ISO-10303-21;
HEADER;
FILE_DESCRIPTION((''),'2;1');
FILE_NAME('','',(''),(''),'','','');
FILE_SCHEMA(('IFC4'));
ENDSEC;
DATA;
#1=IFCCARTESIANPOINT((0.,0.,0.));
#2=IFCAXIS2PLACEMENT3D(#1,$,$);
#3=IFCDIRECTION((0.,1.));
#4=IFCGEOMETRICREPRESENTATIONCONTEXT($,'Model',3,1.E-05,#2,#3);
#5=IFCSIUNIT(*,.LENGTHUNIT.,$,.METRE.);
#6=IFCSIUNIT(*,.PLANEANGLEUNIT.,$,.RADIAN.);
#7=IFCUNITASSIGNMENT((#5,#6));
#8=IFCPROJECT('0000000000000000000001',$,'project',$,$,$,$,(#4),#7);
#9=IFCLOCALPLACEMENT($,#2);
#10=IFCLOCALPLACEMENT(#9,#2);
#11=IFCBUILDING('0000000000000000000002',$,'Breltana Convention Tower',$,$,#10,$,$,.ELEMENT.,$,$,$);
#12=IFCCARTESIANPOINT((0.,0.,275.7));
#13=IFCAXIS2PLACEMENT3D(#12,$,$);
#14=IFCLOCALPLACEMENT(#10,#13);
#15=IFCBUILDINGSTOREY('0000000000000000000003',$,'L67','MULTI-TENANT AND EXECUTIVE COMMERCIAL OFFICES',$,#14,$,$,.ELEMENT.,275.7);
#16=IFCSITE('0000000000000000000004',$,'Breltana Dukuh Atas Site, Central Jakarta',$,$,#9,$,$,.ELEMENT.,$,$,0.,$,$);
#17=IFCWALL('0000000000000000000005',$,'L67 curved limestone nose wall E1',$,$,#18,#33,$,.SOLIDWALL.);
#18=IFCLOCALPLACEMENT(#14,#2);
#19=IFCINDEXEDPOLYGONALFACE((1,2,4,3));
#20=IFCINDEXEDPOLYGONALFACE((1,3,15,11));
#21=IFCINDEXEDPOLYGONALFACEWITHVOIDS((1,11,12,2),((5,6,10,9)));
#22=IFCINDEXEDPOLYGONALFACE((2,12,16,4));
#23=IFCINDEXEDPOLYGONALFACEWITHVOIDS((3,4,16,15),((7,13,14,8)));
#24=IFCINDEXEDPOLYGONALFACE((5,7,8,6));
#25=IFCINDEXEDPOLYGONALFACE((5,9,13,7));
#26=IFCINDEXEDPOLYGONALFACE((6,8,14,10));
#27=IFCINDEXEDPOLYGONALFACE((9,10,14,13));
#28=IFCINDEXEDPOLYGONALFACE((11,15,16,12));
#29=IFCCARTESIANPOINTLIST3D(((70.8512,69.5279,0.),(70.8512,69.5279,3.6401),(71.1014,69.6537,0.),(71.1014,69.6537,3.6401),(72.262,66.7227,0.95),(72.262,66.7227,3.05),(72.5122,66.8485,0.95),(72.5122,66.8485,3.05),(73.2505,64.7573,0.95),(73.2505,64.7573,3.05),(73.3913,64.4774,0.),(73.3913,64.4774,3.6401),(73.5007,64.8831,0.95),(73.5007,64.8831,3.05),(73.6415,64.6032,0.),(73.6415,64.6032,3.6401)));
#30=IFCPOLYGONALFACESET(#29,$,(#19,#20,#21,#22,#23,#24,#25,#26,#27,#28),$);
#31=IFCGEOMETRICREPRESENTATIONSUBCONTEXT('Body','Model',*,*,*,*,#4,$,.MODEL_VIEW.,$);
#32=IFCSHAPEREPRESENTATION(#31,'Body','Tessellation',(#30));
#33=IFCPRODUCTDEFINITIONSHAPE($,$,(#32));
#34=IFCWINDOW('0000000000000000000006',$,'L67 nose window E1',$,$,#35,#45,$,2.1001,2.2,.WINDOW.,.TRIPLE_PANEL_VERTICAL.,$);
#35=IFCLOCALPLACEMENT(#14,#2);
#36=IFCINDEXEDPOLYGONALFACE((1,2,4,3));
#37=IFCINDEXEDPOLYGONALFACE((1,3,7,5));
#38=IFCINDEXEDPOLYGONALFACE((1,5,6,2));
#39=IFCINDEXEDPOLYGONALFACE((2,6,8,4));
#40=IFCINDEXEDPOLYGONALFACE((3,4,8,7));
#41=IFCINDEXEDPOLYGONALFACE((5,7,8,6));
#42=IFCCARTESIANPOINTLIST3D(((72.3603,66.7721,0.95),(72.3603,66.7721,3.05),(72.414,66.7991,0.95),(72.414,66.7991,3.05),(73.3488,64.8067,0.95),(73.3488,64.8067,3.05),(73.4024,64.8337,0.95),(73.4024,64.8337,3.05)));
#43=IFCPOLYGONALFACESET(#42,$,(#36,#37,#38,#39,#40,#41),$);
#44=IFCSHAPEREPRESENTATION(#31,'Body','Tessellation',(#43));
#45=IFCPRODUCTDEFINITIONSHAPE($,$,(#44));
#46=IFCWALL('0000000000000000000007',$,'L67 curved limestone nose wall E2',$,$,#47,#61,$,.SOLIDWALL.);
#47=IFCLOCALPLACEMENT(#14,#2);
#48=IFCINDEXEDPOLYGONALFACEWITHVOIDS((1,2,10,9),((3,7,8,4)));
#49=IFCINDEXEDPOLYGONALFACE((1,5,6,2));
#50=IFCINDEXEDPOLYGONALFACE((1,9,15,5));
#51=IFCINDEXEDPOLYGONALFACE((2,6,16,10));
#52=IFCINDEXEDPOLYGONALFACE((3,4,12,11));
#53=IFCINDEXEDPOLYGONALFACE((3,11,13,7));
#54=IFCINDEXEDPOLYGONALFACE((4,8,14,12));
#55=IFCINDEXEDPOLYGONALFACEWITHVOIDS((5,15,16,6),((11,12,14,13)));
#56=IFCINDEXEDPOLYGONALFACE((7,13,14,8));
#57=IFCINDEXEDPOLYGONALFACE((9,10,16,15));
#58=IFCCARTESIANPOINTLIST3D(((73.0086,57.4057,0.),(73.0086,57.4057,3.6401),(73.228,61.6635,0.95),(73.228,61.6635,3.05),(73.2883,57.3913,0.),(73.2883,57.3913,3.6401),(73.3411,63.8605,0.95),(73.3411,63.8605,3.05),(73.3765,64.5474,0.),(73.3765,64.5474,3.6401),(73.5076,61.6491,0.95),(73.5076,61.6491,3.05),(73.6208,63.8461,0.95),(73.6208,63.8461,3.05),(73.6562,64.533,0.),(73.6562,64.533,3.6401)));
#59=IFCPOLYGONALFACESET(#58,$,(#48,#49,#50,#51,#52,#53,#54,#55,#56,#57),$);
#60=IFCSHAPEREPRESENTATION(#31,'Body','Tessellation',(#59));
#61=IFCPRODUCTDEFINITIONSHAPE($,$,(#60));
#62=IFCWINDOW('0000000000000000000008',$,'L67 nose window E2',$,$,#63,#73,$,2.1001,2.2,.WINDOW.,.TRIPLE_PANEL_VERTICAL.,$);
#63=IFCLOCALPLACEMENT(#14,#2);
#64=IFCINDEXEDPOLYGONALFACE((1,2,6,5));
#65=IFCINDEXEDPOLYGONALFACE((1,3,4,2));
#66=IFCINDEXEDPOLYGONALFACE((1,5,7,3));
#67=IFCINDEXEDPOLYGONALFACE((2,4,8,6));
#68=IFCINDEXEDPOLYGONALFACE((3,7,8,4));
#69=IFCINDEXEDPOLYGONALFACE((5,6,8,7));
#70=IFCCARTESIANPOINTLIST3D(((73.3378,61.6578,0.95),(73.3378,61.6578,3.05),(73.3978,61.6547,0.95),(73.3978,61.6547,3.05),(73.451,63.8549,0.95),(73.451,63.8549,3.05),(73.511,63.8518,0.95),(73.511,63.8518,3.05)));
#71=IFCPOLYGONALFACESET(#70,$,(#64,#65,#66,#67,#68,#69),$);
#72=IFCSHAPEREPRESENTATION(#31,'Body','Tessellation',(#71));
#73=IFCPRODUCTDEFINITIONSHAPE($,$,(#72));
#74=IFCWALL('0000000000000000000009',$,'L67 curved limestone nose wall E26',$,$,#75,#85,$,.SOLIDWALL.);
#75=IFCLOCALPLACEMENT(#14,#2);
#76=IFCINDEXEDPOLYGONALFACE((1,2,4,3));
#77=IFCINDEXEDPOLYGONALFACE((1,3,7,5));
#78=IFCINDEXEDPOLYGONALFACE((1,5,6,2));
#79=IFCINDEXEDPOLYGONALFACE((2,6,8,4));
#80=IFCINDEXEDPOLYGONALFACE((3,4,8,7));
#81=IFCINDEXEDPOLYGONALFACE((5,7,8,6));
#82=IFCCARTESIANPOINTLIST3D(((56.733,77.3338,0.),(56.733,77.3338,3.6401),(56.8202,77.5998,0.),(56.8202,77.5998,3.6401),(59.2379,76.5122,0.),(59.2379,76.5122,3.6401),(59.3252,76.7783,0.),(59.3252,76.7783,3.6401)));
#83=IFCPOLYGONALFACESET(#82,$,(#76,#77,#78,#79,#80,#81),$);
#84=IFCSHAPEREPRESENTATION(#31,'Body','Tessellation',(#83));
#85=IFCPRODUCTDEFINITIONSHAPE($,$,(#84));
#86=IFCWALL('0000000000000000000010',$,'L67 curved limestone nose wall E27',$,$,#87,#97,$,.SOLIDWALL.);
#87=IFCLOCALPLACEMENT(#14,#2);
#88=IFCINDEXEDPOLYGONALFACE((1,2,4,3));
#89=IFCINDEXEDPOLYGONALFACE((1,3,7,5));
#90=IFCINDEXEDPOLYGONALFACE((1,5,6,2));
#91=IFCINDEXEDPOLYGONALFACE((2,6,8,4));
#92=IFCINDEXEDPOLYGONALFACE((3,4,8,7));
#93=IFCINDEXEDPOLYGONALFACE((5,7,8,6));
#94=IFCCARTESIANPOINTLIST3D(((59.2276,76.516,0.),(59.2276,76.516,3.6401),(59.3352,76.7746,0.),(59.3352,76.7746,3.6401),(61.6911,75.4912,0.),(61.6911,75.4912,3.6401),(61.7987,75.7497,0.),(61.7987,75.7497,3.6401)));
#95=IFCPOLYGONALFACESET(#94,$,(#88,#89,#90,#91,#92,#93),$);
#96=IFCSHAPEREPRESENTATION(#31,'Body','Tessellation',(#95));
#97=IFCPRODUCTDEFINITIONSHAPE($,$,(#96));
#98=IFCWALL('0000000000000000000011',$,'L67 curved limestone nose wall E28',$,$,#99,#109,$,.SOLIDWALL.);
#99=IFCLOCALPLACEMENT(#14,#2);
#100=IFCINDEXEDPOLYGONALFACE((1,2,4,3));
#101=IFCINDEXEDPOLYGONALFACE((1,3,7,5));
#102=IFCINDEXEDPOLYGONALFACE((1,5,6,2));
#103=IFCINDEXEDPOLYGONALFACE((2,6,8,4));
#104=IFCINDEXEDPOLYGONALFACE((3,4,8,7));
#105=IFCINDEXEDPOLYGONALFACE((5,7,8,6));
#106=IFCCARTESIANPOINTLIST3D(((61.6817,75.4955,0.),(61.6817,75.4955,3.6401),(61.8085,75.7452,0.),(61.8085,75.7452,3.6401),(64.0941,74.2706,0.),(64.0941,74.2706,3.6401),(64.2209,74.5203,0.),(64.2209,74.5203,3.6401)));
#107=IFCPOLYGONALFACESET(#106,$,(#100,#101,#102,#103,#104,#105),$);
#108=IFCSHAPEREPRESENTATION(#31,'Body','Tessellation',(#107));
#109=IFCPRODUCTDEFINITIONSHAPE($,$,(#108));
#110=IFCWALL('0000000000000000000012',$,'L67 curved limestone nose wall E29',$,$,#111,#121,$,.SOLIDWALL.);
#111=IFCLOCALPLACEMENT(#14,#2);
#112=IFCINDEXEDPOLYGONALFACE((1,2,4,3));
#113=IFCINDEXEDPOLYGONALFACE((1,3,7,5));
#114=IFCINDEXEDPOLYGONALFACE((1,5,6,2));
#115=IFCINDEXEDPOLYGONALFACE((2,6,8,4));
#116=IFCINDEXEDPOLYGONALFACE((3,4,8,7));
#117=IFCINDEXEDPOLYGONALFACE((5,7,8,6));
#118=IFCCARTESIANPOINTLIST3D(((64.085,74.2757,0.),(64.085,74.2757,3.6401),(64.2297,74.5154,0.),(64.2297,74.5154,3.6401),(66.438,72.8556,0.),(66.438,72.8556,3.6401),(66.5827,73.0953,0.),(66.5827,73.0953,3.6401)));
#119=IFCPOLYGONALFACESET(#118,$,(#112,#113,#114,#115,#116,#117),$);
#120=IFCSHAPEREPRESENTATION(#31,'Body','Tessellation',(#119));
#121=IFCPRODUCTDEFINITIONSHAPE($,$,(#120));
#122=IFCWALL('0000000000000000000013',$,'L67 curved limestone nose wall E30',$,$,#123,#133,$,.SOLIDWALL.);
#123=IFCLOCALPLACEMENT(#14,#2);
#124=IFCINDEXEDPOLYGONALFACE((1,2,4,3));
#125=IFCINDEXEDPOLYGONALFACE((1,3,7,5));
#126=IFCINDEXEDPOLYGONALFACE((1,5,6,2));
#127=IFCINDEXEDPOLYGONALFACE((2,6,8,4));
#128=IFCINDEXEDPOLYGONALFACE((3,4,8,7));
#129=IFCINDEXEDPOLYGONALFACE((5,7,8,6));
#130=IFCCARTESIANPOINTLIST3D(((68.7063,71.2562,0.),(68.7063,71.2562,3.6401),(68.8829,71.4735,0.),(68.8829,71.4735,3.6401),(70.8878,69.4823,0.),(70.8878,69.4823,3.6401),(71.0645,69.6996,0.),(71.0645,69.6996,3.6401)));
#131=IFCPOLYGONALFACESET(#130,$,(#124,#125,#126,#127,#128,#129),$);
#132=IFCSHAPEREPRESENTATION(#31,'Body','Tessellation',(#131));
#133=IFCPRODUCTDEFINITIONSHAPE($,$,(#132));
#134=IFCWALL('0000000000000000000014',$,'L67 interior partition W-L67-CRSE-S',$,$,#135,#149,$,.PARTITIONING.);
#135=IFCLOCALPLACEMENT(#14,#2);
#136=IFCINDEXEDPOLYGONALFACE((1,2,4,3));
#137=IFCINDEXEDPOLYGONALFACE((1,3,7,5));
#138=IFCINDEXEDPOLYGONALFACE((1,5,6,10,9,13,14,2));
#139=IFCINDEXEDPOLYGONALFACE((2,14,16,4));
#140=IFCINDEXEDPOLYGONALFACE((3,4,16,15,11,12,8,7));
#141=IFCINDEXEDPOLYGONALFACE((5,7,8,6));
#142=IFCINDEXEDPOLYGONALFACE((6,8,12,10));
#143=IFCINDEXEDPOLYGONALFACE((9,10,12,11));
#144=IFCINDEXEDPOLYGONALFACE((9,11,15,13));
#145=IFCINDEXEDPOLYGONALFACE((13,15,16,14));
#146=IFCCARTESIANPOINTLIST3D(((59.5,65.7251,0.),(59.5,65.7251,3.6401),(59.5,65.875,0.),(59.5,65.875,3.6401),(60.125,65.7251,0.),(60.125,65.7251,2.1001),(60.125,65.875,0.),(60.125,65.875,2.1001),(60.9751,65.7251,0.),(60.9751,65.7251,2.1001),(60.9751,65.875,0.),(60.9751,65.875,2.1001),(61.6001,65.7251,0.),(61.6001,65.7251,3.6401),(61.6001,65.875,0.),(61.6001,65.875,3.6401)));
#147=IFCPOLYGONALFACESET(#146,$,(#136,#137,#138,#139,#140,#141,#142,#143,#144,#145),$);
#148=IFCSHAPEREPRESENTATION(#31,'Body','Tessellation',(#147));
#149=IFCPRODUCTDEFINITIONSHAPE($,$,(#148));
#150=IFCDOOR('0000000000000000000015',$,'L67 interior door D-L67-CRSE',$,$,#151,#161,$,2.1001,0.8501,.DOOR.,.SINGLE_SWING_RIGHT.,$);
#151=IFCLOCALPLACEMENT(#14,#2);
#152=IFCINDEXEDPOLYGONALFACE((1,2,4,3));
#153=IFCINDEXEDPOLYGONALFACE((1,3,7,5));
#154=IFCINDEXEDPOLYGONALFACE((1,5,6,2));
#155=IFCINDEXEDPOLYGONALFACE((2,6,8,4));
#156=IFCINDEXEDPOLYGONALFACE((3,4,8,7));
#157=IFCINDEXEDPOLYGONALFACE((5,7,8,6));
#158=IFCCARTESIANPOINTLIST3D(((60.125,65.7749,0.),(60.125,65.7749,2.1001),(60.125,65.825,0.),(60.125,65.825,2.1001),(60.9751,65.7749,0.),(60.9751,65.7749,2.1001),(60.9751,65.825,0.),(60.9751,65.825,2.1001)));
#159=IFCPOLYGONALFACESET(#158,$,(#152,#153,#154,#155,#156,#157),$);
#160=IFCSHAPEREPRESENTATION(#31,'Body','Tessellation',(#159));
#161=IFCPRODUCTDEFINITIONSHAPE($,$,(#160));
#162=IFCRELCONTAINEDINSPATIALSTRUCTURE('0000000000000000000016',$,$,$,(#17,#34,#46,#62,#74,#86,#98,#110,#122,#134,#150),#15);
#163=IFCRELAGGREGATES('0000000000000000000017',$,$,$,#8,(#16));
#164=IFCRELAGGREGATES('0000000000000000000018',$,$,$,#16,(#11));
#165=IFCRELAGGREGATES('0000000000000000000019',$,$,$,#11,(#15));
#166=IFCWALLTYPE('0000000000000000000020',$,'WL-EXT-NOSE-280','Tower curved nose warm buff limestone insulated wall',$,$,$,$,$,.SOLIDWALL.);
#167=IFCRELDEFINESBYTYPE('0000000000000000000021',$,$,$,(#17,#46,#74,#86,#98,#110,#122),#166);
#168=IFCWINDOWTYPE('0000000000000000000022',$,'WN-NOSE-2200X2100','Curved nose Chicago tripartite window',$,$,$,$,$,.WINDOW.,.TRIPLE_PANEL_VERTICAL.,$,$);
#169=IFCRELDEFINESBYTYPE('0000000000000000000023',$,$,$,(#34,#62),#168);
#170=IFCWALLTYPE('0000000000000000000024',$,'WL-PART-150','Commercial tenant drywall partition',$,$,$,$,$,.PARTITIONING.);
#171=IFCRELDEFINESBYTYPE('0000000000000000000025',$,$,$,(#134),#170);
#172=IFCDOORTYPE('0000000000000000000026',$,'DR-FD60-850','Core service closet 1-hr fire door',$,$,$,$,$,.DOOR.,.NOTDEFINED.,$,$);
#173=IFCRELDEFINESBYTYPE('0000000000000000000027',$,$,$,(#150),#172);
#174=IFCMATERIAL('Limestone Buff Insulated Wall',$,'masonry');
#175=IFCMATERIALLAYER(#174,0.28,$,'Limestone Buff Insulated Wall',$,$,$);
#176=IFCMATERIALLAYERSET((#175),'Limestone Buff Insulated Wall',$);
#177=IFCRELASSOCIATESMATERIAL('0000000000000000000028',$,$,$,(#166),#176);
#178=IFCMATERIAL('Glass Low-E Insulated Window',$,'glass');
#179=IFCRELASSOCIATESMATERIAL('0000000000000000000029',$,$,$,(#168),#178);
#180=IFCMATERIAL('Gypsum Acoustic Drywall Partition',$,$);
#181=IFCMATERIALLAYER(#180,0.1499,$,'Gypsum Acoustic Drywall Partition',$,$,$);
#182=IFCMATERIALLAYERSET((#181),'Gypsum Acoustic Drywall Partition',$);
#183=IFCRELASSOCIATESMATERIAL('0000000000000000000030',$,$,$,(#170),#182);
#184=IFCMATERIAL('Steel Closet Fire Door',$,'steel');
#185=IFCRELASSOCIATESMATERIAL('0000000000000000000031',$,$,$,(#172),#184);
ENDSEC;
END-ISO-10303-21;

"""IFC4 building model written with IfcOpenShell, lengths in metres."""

from ifc_helpers import new_model, si_unit, direction, frame, frame_2d, origin, place, context, subcontext, project, spatial, rectangle, extrude, source, transform, mapped, material, layer, layer_set, type_object, type_shapes, element, fill, save


model = new_model("IFC4")

# Units and contexts
model_context = context("Model", 3, precision=1e-05, world=origin(), true_north=direction((0.0, 1.0)))
body_context = subcontext(model_context, "Body", "Model", "MODEL_VIEW")
ifc_project = project(units=[si_unit("LENGTHUNIT", "METRE"), si_unit("PLANEANGLEUNIT", "RADIAN")], contexts=[model_context])

# Site, building, storey
site_placement = place(None, origin())
site = spatial("IfcSite", under=ifc_project, at=site_placement, Name="Breltana Dukuh Atas Site, Central Jakarta", CompositionType="ELEMENT", RefElevation=0.0)
building_placement = place(site_placement, origin())
building = spatial("IfcBuilding", under=site, at=building_placement, Name="Breltana Convention Tower", CompositionType="ELEMENT")
storey_placement = place(building_placement, frame((0.0, 0.0, 275.7)))
storey = spatial("IfcBuildingStorey", under=building, at=storey_placement, Name="L67", Description="MULTI-TENANT AND EXECUTIVE COMMERCIAL OFFICES", CompositionType="ELEMENT", Elevation=275.7)

# Walls, openings, windows
ifc_material_1 = material(Name="Limestone Buff Insulated Wall", Category="masonry")
ifc_layer_1 = layer(ifc_material_1, 0.28, Name="Limestone Buff Insulated Wall")
ifc_layer_set_1 = layer_set([ifc_layer_1], Name="Limestone Buff Insulated Wall")
wall_type_1 = type_object("IfcWallType", Name="WL-EXT-NOSE-280", Description="Tower curved nose warm buff limestone insulated wall", PredefinedType="SOLIDWALL", material=ifc_layer_set_1)
shared_shape_1 = source(origin(), body_context, "Body", "SweptSolid", [
    extrude(rectangle(XDim=5.6533, YDim=0.28, at=frame_2d((2.8267, 0.0))), origin(), (0.0, 0.0, 1.0), 3.6401),
])
wall_1_placement = place(storey_placement, frame((70.9763, 69.5908, 0.0), z_axis=(0.0, 0.0, 1.0), x_axis=(0.449303, -0.89338, 0.0)))
wall_1 = element("IfcWall", 1, at=wall_1_placement, inside=storey, type_object=wall_type_1, Name="L67 curved limestone nose wall E1", PredefinedType="SOLIDWALL", context=body_context, shape_type="MappedRepresentation", body=[
    mapped(shared_shape_1, transform((0.0, 0.0, 0.0), scale=1.0)),
])
opening_1_placement = place(wall_1_placement, frame((3.1399, 0.0, 0.95)))
opening_1 = element("IfcOpeningElement", 2, at=opening_1_placement, cuts=wall_1, PredefinedType="OPENING", context=body_context, shape_type="SweptSolid", body=[
    extrude(rectangle(XDim=2.2, YDim=2.1001, at=frame_2d((1.1001, 1.05))), frame((0.0, 0.1499, 0.0), z_axis=(0.0, -1.0, 0.0), x_axis=(1.0, 0.0, 0.0)), (0.0, 0.0, 1.0), 0.3),
])
ifc_material_2 = material(Name="Glass Low-E Insulated Window", Category="glass")
window_type = type_object("IfcWindowType", Name="WN-NOSE-2200X2100", Description="Curved nose Chicago tripartite window", PartitioningType="TRIPLE_PANEL_VERTICAL", PredefinedType="WINDOW", material=ifc_material_2)
shared_shape_2 = source(origin(), body_context, "Body", "SweptSolid", [
    extrude(rectangle(XDim=2.2, YDim=2.1001, at=frame_2d((1.1001, 1.05))), frame((0.0, 0.03, 0.0), z_axis=(0.0, -1.0, 0.0), x_axis=(1.0, 0.0, 0.0)), (0.0, 0.0, 1.0), 0.0601),
])
type_shapes(window_type, [shared_shape_2])
window_1_placement = place(opening_1_placement, origin())
window_1 = element("IfcWindow", 3, at=window_1_placement, inside=storey, type_object=window_type, Name="L67 nose window E1", OverallHeight=2.1001, OverallWidth=2.2, PartitioningType="TRIPLE_PANEL_VERTICAL", PredefinedType="WINDOW", context=body_context, shape_type="MappedRepresentation", body=[
    mapped(shared_shape_2, transform((0.0, 0.0, 0.0), scale=1.0)),
])
fill(opening_1, window_1)
shared_shape_3 = source(origin(), body_context, "Body", "SweptSolid", [
    extrude(rectangle(XDim=7.1511, YDim=0.28, at=frame_2d((3.5757, 0.0))), origin(), (0.0, 0.0, 1.0), 3.6401),
])
wall_2_placement = place(storey_placement, frame((73.5164, 64.5403, 0.0), z_axis=(0.0, 0.0, 1.0), x_axis=(-0.05145, -0.998676, 0.0)))
wall_2 = element("IfcWall", 4, at=wall_2_placement, inside=storey, type_object=wall_type_1, Name="L67 curved limestone nose wall E2", PredefinedType="SOLIDWALL", context=body_context, shape_type="MappedRepresentation", body=[
    mapped(shared_shape_3, transform((0.0, 0.0, 0.0), scale=1.0)),
])
opening_2_placement = place(wall_2_placement, frame((0.6877, 0.0, 0.95)))
opening_2 = element("IfcOpeningElement", 5, at=opening_2_placement, cuts=wall_2, PredefinedType="OPENING", context=body_context, shape_type="SweptSolid", body=[
    extrude(rectangle(XDim=2.2, YDim=2.1001, at=frame_2d((1.1001, 1.05))), frame((0.0, 0.1499, 0.0), z_axis=(0.0, -1.0, 0.0), x_axis=(1.0, 0.0, 0.0)), (0.0, 0.0, 1.0), 0.3),
])
window_2_placement = place(opening_2_placement, origin())
window_2 = element("IfcWindow", 6, at=window_2_placement, inside=storey, type_object=window_type, Name="L67 nose window E2", OverallHeight=2.1001, OverallWidth=2.2, PartitioningType="TRIPLE_PANEL_VERTICAL", PredefinedType="WINDOW", context=body_context, shape_type="MappedRepresentation", body=[
    mapped(shared_shape_2, transform((0.0, 0.0, 0.0), scale=1.0)),
])
fill(opening_2, window_2)

# Walls
shared_shape_4 = source(origin(), body_context, "Body", "SweptSolid", [
    extrude(rectangle(XDim=2.6362, YDim=0.28, at=frame_2d((1.3181, 0.0))), origin(), (0.0, 0.0, 1.0), 3.6401),
])
wall_3_placement = place(storey_placement, frame((56.7766, 77.4668, 0.0), z_axis=(0.0, 0.0, 1.0), x_axis=(0.9502, -0.31164, 0.0)))
element("IfcWall", 7, at=wall_3_placement, inside=storey, type_object=wall_type_1, Name="L67 curved limestone nose wall E26", PredefinedType="SOLIDWALL", context=body_context, shape_type="MappedRepresentation", body=[
    mapped(shared_shape_4, transform((0.0, 0.0, 0.0), scale=1.0)),
])
shared_shape_5 = source(origin(), body_context, "Body", "SweptSolid", [
    extrude(rectangle(XDim=2.6682, YDim=0.28, at=frame_2d((1.334, 0.0))), origin(), (0.0, 0.0, 1.0), 3.6401),
])
wall_4_placement = place(storey_placement, frame((59.2815, 76.6453, 0.0), z_axis=(0.0, 0.0, 1.0), x_axis=(0.923291, -0.384102, 0.0)))
element("IfcWall", 8, at=wall_4_placement, inside=storey, type_object=wall_type_1, Name="L67 curved limestone nose wall E27", PredefinedType="SOLIDWALL", context=body_context, shape_type="MappedRepresentation", body=[
    mapped(shared_shape_5, transform((0.0, 0.0, 0.0), scale=1.0)),
])
shared_shape_6 = source(origin(), body_context, "Body", "SweptSolid", [
    extrude(rectangle(XDim=2.7056, YDim=0.28, at=frame_2d((1.3528, 0.0))), origin(), (0.0, 0.0, 1.0), 3.6401),
])
wall_5_placement = place(storey_placement, frame((61.7451, 75.6204, 0.0), z_axis=(0.0, 0.0, 1.0), x_axis=(0.891649, -0.452728, 0.0)))
element("IfcWall", 9, at=wall_5_placement, inside=storey, type_object=wall_type_1, Name="L67 curved limestone nose wall E28", PredefinedType="SOLIDWALL", context=body_context, shape_type="MappedRepresentation", body=[
    mapped(shared_shape_6, transform((0.0, 0.0, 0.0), scale=1.0)),
])
shared_shape_7 = source(origin(), body_context, "Body", "SweptSolid", [
    extrude(rectangle(XDim=2.7483, YDim=0.28, at=frame_2d((1.374, 0.0))), origin(), (0.0, 0.0, 1.0), 3.6401),
])
wall_6_placement = place(storey_placement, frame((64.1575, 74.3955, 0.0), z_axis=(0.0, 0.0, 1.0), x_axis=(0.85615, -0.516728, 0.0)))
element("IfcWall", 10, at=wall_6_placement, inside=storey, type_object=wall_type_1, Name="L67 curved limestone nose wall E29", PredefinedType="SOLIDWALL", context=body_context, shape_type="MappedRepresentation", body=[
    mapped(shared_shape_7, transform((0.0, 0.0, 0.0), scale=1.0)),
])
shared_shape_8 = source(origin(), body_context, "Body", "SweptSolid", [
    extrude(rectangle(XDim=2.8118, YDim=0.28, at=frame_2d((1.4058, 0.0))), origin(), (0.0, 0.0, 1.0), 3.6401),
])
wall_7_placement = place(storey_placement, frame((68.7947, 71.3647, 0.0), z_axis=(0.0, 0.0, 1.0), x_axis=(0.77588, -0.63088, 0.0)))
element("IfcWall", 11, at=wall_7_placement, inside=storey, type_object=wall_type_1, Name="L67 curved limestone nose wall E30", PredefinedType="SOLIDWALL", context=body_context, shape_type="MappedRepresentation", body=[
    mapped(shared_shape_8, transform((0.0, 0.0, 0.0), scale=1.0)),
])

# Wall, opening, door
ifc_material_3 = material(Name="Gypsum Acoustic Drywall Partition")
ifc_layer_2 = layer(ifc_material_3, 0.1499, Name="Gypsum Acoustic Drywall Partition")
ifc_layer_set_2 = layer_set([ifc_layer_2], Name="Gypsum Acoustic Drywall Partition")
wall_type_2 = type_object("IfcWallType", Name="WL-PART-150", Description="Commercial tenant drywall partition", PredefinedType="PARTITIONING", material=ifc_layer_set_2)
shared_shape_9 = source(origin(), body_context, "Body", "SweptSolid", [
    extrude(rectangle(XDim=2.1001, YDim=0.1499, at=frame_2d((1.05, 0.0))), origin(), (0.0, 0.0, 1.0), 3.6401),
])
wall_8_placement = place(storey_placement, frame((59.5, 65.8, 0.0), z_axis=(0.0, 0.0, 1.0), x_axis=(1.0, 0.0, 0.0)))
wall_8 = element("IfcWall", 12, at=wall_8_placement, inside=storey, type_object=wall_type_2, Name="L67 interior partition W-L67-CRSE-S", PredefinedType="PARTITIONING", context=body_context, shape_type="MappedRepresentation", body=[
    mapped(shared_shape_9, transform((0.0, 0.0, 0.0), scale=1.0)),
])
opening_3_placement = place(wall_8_placement, frame((0.625, 0.0, 0.0)))
opening_3 = element("IfcOpeningElement", 13, at=opening_3_placement, cuts=wall_8, PredefinedType="OPENING", context=body_context, shape_type="SweptSolid", body=[
    extrude(rectangle(XDim=0.8501, YDim=2.1001, at=frame_2d((0.425, 1.05))), frame((0.0, 0.085, 0.0), z_axis=(0.0, -1.0, 0.0), x_axis=(1.0, 0.0, 0.0)), (0.0, 0.0, 1.0), 0.1699),
])
ifc_material_4 = material(Name="Steel Closet Fire Door", Category="steel")
door_type_1 = type_object("IfcDoorType", Name="DR-FD60-850", Description="Core service closet 1-hr fire door", OperationType="NOTDEFINED", PredefinedType="DOOR", material=ifc_material_4)
shared_shape_10 = source(origin(), body_context, "Body", "SweptSolid", [
    extrude(rectangle(XDim=0.8501, YDim=2.1001, at=frame_2d((0.425, 1.05))), frame((0.0, 0.0249, 0.0), z_axis=(0.0, -1.0, 0.0), x_axis=(1.0, 0.0, 0.0)), (0.0, 0.0, 1.0), 0.05),
])
type_shapes(door_type_1, [shared_shape_10])
door_1_placement = place(opening_3_placement, origin())
door_1 = element("IfcDoor", 14, at=door_1_placement, inside=storey, type_object=door_type_1, Name="L67 interior door D-L67-CRSE", OperationType="SINGLE_SWING_RIGHT", OverallHeight=2.1001, OverallWidth=0.8501, PredefinedType="DOOR", context=body_context, shape_type="MappedRepresentation", body=[
    mapped(shared_shape_10, transform((0.0, 0.0, 0.0), scale=1.0)),
])
fill(opening_3, door_1)

save(model, "model.ifc")
